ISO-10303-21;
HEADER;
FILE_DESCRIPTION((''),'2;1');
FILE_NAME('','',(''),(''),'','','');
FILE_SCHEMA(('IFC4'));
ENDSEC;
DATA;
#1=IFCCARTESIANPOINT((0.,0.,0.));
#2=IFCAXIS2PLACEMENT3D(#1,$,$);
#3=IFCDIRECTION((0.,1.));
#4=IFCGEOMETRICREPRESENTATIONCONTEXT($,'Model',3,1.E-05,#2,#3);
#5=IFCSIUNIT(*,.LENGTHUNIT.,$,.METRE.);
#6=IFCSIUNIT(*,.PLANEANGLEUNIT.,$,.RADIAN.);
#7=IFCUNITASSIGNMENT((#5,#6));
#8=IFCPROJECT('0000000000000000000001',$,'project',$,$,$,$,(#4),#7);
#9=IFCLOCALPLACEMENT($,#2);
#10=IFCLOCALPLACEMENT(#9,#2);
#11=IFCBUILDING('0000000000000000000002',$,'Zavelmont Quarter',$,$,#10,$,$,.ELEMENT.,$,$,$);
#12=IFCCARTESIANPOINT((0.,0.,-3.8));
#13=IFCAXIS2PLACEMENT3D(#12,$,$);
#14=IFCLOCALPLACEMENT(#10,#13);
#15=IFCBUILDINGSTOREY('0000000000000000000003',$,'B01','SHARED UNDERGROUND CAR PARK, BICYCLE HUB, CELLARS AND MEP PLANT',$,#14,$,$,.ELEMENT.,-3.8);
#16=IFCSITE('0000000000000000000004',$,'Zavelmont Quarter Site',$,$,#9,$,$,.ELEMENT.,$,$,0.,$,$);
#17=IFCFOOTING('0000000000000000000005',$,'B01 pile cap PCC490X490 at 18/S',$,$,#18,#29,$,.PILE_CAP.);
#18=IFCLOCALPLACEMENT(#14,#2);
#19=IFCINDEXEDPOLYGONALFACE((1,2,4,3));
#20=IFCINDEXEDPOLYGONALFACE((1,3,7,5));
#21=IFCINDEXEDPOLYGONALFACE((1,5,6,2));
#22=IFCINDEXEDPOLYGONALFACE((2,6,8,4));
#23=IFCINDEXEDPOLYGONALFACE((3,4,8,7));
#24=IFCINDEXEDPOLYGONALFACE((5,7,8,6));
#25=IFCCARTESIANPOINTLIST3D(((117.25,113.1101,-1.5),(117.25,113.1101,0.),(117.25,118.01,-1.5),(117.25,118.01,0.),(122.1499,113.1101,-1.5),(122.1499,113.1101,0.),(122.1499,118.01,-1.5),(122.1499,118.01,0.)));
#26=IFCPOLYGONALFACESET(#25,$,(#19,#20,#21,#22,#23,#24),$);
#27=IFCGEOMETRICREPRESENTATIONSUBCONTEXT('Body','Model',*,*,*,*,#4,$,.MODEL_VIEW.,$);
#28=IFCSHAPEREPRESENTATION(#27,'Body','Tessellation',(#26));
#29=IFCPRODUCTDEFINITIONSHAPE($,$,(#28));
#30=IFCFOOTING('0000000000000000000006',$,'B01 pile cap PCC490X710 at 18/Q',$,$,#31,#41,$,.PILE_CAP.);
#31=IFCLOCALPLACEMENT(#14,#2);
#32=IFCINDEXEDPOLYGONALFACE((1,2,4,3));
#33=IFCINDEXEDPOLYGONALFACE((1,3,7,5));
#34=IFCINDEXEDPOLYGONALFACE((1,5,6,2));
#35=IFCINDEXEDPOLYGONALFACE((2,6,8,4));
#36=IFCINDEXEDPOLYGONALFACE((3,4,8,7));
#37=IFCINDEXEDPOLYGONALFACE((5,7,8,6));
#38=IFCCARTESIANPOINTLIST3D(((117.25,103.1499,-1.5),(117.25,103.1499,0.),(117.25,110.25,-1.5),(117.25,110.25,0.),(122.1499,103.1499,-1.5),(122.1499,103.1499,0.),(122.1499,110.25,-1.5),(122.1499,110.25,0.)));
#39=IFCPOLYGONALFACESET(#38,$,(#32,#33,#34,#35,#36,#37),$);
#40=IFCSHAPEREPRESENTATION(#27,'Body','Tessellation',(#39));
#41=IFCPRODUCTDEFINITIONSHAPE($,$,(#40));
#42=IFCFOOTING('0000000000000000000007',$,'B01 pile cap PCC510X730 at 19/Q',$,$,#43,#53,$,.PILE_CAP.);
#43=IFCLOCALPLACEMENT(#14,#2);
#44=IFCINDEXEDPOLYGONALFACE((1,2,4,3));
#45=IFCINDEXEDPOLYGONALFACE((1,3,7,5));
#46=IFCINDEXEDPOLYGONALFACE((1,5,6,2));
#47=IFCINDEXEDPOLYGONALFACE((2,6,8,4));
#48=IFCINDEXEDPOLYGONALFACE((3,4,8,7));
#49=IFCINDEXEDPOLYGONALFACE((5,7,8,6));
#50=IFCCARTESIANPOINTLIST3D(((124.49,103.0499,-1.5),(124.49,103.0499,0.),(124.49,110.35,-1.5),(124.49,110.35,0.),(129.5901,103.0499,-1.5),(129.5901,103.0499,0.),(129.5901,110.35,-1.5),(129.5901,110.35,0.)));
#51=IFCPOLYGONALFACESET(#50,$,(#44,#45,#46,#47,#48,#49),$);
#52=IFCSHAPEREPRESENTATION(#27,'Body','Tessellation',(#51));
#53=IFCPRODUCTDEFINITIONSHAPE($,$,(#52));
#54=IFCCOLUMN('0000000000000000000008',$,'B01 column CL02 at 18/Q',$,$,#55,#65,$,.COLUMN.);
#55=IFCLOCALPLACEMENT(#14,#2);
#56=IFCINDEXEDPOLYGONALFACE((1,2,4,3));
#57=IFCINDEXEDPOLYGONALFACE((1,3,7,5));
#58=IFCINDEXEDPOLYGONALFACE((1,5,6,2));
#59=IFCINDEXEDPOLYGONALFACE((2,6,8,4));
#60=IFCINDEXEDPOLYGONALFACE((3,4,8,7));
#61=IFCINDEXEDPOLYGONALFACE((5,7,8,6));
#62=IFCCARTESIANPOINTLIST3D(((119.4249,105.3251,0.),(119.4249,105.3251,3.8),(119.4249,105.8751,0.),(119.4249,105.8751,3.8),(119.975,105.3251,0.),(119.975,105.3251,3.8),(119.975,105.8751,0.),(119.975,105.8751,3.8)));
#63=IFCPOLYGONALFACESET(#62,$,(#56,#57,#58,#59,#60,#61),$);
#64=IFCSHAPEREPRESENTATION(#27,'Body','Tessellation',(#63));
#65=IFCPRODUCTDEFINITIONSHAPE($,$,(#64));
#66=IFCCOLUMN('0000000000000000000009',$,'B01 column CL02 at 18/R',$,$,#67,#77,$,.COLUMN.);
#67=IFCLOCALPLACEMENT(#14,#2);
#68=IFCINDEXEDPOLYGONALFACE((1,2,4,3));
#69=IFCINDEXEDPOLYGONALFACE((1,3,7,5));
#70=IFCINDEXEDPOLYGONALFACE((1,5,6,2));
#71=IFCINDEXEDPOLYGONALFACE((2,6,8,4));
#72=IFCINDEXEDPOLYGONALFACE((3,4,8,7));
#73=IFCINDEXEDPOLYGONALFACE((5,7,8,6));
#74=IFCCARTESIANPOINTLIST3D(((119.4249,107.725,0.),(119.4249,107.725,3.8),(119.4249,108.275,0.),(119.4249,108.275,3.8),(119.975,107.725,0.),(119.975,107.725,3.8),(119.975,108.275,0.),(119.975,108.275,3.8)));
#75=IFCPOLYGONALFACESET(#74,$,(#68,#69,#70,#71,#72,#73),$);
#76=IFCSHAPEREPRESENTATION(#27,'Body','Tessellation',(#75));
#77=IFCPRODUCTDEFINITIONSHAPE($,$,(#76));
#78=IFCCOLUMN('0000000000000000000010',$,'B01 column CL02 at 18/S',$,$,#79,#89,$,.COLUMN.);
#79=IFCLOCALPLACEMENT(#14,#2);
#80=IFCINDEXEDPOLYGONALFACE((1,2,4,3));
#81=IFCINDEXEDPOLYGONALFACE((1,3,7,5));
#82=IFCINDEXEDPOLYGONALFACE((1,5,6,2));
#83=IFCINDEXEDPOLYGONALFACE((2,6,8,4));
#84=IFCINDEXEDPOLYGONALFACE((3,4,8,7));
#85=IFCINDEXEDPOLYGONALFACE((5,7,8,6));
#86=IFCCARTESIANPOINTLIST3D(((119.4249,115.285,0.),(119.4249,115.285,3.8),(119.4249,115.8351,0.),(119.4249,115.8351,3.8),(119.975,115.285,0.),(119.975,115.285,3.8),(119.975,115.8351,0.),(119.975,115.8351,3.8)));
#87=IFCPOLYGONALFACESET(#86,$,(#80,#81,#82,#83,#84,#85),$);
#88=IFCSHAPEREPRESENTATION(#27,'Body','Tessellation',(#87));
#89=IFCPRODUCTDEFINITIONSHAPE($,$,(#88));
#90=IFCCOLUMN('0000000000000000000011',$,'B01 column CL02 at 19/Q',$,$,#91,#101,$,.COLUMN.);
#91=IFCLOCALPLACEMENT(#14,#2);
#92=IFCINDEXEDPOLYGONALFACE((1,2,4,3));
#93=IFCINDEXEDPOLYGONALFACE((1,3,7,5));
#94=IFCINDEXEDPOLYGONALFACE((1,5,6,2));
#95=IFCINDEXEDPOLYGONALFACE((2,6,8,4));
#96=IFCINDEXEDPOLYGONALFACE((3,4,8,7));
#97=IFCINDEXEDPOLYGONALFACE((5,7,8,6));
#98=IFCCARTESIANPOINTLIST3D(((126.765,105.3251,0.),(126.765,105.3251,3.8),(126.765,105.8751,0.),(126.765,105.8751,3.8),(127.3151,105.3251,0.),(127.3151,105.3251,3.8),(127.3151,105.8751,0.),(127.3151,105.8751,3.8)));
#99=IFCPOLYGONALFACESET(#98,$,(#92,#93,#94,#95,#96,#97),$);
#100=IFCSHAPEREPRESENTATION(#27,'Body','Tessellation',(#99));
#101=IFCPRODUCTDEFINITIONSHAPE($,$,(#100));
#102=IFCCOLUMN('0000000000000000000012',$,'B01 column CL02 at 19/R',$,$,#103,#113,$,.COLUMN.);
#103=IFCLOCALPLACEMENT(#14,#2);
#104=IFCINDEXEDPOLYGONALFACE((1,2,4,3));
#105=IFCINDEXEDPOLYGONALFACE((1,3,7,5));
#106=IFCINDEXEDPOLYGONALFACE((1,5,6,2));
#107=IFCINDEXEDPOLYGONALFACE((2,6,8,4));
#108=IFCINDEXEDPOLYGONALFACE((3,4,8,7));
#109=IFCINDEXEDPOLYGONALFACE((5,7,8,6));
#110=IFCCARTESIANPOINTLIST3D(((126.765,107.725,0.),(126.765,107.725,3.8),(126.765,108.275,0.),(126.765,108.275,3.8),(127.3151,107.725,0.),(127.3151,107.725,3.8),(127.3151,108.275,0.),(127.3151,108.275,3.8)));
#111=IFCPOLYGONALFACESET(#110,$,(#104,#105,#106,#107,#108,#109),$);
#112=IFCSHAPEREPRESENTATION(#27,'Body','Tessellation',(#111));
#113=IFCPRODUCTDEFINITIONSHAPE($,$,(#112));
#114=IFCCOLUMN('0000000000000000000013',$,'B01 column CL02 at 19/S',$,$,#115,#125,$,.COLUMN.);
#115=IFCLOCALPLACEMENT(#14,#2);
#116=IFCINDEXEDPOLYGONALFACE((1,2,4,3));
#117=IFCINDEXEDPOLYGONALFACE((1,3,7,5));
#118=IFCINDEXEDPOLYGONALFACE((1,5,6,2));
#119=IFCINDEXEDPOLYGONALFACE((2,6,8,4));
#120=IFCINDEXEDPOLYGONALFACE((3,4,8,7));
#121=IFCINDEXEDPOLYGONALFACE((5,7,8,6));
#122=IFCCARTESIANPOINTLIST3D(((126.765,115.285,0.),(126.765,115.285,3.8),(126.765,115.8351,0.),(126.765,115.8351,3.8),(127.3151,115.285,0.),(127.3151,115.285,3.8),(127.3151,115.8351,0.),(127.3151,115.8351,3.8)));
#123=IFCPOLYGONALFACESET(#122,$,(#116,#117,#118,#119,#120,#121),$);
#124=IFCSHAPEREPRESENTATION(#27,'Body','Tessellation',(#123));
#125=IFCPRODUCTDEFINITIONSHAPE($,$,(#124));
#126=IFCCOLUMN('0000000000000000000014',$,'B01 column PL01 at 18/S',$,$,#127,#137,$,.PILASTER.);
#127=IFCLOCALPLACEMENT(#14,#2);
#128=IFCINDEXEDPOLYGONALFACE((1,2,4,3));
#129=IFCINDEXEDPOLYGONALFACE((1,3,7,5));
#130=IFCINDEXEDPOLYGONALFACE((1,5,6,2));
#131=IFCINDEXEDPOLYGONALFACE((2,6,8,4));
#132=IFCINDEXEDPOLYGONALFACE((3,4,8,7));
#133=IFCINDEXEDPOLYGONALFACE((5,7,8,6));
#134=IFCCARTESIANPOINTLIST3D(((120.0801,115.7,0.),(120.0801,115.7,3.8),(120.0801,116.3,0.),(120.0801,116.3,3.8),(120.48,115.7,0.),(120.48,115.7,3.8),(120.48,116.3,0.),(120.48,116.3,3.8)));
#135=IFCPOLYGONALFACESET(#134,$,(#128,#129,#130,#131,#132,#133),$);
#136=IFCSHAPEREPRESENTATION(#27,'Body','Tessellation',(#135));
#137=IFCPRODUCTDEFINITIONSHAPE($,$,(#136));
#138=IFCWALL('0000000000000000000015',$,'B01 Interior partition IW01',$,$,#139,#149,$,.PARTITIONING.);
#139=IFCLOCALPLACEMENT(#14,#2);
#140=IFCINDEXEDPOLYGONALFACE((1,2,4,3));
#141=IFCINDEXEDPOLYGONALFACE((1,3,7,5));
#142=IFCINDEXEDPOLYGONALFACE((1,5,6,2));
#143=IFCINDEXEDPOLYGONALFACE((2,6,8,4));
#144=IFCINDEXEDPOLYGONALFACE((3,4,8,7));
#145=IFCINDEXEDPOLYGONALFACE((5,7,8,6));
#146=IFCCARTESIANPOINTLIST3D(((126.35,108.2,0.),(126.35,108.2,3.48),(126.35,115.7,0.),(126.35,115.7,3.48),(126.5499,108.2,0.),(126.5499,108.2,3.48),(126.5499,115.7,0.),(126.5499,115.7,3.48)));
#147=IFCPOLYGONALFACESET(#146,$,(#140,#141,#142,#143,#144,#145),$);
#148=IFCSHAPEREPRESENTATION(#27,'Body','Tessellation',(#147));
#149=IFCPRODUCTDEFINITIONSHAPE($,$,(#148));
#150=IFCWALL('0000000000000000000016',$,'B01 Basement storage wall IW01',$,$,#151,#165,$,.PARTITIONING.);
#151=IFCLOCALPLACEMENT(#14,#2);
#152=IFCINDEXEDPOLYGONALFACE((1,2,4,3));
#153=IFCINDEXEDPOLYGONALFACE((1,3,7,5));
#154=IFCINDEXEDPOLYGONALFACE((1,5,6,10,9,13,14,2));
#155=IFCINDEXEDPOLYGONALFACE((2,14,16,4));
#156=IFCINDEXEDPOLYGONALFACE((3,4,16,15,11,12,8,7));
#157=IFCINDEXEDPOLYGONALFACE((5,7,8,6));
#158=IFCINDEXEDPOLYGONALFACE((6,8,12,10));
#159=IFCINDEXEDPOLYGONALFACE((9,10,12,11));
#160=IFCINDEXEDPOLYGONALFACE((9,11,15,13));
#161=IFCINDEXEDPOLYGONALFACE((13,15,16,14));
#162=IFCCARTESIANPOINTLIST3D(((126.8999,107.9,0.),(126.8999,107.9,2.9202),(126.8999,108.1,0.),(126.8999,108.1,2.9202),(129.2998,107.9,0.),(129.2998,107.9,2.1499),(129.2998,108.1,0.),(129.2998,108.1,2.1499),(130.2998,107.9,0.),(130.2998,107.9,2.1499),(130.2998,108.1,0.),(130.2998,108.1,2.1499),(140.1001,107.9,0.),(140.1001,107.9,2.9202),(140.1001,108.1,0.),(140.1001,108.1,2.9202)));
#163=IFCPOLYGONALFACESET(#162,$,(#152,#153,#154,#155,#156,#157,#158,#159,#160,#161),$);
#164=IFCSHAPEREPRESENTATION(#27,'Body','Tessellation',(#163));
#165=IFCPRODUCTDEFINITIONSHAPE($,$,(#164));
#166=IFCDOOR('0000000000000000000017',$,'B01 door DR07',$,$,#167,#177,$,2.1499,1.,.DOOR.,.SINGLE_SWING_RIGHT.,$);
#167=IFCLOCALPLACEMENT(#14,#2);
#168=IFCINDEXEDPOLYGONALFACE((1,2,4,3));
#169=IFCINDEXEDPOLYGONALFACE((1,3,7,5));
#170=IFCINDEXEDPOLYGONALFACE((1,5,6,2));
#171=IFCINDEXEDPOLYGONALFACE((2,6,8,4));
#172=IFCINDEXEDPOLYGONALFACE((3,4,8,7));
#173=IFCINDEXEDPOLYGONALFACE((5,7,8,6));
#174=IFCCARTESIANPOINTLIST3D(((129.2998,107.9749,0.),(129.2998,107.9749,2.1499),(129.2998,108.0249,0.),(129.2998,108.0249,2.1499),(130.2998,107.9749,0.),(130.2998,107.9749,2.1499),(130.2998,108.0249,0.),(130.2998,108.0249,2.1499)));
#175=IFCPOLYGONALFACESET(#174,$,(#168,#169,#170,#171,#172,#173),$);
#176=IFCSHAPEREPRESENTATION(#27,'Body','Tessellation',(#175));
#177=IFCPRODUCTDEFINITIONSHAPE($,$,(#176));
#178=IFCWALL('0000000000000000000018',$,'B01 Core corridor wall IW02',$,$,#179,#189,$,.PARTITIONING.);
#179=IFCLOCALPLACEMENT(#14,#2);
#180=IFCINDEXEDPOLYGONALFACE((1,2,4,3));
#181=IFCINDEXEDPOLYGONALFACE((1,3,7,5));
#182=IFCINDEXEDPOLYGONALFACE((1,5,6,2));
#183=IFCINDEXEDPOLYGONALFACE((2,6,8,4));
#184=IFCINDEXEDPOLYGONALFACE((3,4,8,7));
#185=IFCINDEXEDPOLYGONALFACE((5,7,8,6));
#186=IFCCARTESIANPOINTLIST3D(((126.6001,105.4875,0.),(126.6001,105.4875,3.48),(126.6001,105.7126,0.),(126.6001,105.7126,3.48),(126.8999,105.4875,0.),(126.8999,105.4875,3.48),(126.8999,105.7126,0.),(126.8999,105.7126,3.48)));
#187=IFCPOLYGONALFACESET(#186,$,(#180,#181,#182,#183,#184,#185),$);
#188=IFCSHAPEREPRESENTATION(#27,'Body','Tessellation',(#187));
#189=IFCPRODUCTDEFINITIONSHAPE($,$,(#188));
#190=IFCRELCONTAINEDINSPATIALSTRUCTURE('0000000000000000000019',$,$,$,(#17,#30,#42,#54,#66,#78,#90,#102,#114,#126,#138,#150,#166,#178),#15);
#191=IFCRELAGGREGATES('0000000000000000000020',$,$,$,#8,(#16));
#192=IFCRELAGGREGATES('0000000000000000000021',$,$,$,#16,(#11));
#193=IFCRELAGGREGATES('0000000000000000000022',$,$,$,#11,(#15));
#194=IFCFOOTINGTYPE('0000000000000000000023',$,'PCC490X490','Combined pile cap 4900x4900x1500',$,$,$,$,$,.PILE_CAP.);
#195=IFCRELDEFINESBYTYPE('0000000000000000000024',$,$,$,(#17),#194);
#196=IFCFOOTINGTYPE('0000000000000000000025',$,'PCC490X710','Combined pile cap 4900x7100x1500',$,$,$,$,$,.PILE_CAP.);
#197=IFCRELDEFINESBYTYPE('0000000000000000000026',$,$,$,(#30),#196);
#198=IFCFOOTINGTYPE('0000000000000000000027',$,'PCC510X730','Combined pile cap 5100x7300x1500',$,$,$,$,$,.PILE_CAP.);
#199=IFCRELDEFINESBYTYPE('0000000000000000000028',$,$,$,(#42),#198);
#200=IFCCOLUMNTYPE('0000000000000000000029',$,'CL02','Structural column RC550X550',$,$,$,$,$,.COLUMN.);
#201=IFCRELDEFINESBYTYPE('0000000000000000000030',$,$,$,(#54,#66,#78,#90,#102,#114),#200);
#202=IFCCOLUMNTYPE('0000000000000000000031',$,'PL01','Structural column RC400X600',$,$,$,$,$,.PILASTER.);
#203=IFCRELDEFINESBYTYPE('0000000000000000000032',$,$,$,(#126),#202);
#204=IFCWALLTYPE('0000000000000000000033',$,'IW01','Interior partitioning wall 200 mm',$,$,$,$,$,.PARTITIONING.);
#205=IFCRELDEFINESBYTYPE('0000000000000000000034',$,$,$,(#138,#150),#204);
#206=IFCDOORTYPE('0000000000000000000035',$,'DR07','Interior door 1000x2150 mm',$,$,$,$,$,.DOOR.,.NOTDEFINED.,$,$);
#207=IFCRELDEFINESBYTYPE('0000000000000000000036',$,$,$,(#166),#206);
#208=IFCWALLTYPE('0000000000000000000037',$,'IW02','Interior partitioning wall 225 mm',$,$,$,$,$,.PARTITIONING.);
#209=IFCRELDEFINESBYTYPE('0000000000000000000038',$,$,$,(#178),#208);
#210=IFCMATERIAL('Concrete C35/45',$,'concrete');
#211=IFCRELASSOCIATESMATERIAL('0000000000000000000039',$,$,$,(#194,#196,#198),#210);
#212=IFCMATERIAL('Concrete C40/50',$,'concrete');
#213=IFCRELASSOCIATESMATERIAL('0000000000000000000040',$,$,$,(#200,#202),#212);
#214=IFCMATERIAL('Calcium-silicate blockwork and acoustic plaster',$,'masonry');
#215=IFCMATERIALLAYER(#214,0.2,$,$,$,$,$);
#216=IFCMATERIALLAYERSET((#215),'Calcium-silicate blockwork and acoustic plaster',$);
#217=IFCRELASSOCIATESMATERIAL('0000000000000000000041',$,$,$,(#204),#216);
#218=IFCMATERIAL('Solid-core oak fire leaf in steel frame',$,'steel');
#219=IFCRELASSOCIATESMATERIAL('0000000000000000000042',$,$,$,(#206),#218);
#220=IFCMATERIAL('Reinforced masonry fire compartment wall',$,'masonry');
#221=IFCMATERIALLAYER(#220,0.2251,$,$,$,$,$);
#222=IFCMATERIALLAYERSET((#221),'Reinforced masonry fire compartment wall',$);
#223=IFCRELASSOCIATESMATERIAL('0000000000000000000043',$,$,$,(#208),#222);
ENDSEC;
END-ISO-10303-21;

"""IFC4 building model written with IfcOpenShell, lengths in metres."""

from ifc_helpers import new_model, si_unit, direction, frame, frame_2d, origin, origin_with_axes, origin_2d, place, context, subcontext, project, spatial, rectangle, extrude, material, layer, layer_set, material_profile, profile_set, type_object, element, fill, save


model = new_model("IFC4")

# Units and contexts
model_context = context("Model", 3, precision=1e-05, world=origin(), true_north=direction((0.0, 1.0)))
body_context = subcontext(model_context, "Body", "Model", "MODEL_VIEW")
ifc_project = project(units=[si_unit("LENGTHUNIT", "METRE"), si_unit("PLANEANGLEUNIT", "RADIAN")], contexts=[model_context])

# Site, building, storey
site_placement = place(None, origin())
site = spatial("IfcSite", under=ifc_project, at=site_placement, Name="Zavelmont Quarter Site", CompositionType="ELEMENT", RefElevation=0.0)
building_placement = place(site_placement, origin())
building = spatial("IfcBuilding", under=site, at=building_placement, Name="Zavelmont Quarter", CompositionType="ELEMENT")
storey_placement = place(building_placement, frame((0.0, 0.0, -3.8)))
storey = spatial("IfcBuildingStorey", under=building, at=storey_placement, Name="B01", Description="SHARED UNDERGROUND CAR PARK, BICYCLE HUB, CELLARS AND MEP PLANT", CompositionType="ELEMENT", Elevation=-3.8)

# Shared definitions
ifc_material_1 = material(Name="Concrete C35/45", Category="concrete")

# Footings
footing_type_1 = type_object("IfcFootingType", Name="PCC490X490", Description="Combined pile cap 4900x4900x1500", PredefinedType="PILE_CAP", material=ifc_material_1)
footing_1_placement = place(storey_placement, frame((119.7, 115.5601, -1.5), z_axis=(0.0, 0.0, 1.0), x_axis=(1.0, 0.0, 0.0)))
element("IfcFooting", 1, at=footing_1_placement, inside=storey, type_object=footing_type_1, Name="B01 pile cap PCC490X490 at 18/S", PredefinedType="PILE_CAP", context=body_context, shape_type="SweptSolid", body=[
    extrude(rectangle(XDim=4.8999, YDim=4.8999, at=origin_2d()), origin(), (0.0, 0.0, 1.0), 1.5),
])
footing_type_2 = type_object("IfcFootingType", Name="PCC490X710", Description="Combined pile cap 4900x7100x1500", PredefinedType="PILE_CAP", material=ifc_material_1)
footing_2_placement = place(storey_placement, frame((119.7, 106.7, -1.5), z_axis=(0.0, 0.0, 1.0), x_axis=(1.0, 0.0, 0.0)))
element("IfcFooting", 2, at=footing_2_placement, inside=storey, type_object=footing_type_2, Name="B01 pile cap PCC490X710 at 18/Q", PredefinedType="PILE_CAP", context=body_context, shape_type="SweptSolid", body=[
    extrude(rectangle(XDim=4.8999, YDim=7.1001, at=origin_2d()), origin(), (0.0, 0.0, 1.0), 1.5),
])
footing_type_3 = type_object("IfcFootingType", Name="PCC510X730", Description="Combined pile cap 5100x7300x1500", PredefinedType="PILE_CAP", material=ifc_material_1)
footing_3_placement = place(storey_placement, frame((127.04, 106.7, -1.5), z_axis=(0.0, 0.0, 1.0), x_axis=(1.0, 0.0, 0.0)))
element("IfcFooting", 3, at=footing_3_placement, inside=storey, type_object=footing_type_3, Name="B01 pile cap PCC510X730 at 19/Q", PredefinedType="PILE_CAP", context=body_context, shape_type="SweptSolid", body=[
    extrude(rectangle(XDim=5.1001, YDim=7.3, at=origin_2d()), origin(), (0.0, 0.0, 1.0), 1.5),
])

# Columns
ifc_material_2 = material(Name="Concrete C40/50", Category="concrete")
ifc_material_profile_1 = material_profile(ifc_material_2, rectangle(XDim=0.55, YDim=0.55, at=origin_2d()), Name="RC550X550")
ifc_profile_set_1 = profile_set([ifc_material_profile_1], Name="Concrete C40/50")
column_type_1 = type_object("IfcColumnType", Name="CL02", Description="Structural column RC550X550", PredefinedType="COLUMN", material=ifc_profile_set_1)
for number, where, z_axis, x_axis, name in (
    (4, (119.7, 105.6001, 0.0), (0.0, 0.0, 1.0), (1.0, 0.0, 0.0), "B01 column CL02 at 18/Q"),
    (5, (119.7, 108.0, 0.0), (0.0, 0.0, 1.0), (1.0, 0.0, 0.0), "B01 column CL02 at 18/R"),
    (6, (119.7, 115.5601, 0.0), (0.0, 0.0, 1.0), (1.0, 0.0, 0.0), "B01 column CL02 at 18/S"),
    (7, (127.04, 105.6001, 0.0), (0.0, 0.0, 1.0), (1.0, 0.0, 0.0), "B01 column CL02 at 19/Q"),
    (8, (127.04, 108.0, 0.0), (0.0, 0.0, 1.0), (1.0, 0.0, 0.0), "B01 column CL02 at 19/R"),
    (9, (127.04, 115.5601, 0.0), (0.0, 0.0, 1.0), (1.0, 0.0, 0.0), "B01 column CL02 at 19/S"),
):
    element("IfcColumn", number, at=place(storey_placement, frame(where, z_axis=z_axis, x_axis=x_axis)), inside=storey, type_object=column_type_1, Name=name, PredefinedType="COLUMN", context=body_context, shape_type="SweptSolid", body=[
        extrude(rectangle(XDim=0.55, YDim=0.55, at=origin_2d()), origin(), (0.0, 0.0, 1.0), 3.8),
    ])
ifc_material_profile_2 = material_profile(ifc_material_2, rectangle(XDim=0.3999, YDim=0.6001, at=origin_2d()), Name="RC400X600")
ifc_profile_set_2 = profile_set([ifc_material_profile_2], Name="Concrete C40/50")
column_type_2 = type_object("IfcColumnType", Name="PL01", Description="Structural column RC400X600", PredefinedType="PILASTER", material=ifc_profile_set_2)
column_placement = place(storey_placement, frame((120.28, 116.0, 0.0), z_axis=(0.0, 0.0, 1.0), x_axis=(1.0, 0.0, 0.0)))
element("IfcColumn", 10, at=column_placement, inside=storey, type_object=column_type_2, Name="B01 column PL01 at 18/S", PredefinedType="PILASTER", context=body_context, shape_type="SweptSolid", body=[
    extrude(rectangle(XDim=0.3999, YDim=0.6001, at=origin_2d()), origin(), (0.0, 0.0, 1.0), 3.8),
])

# Wall
ifc_material_3 = material(Name="Calcium-silicate blockwork and acoustic plaster", Category="masonry")
ifc_layer_1 = layer(ifc_material_3, 0.2)
ifc_layer_set_1 = layer_set([ifc_layer_1], Name="Calcium-silicate blockwork and acoustic plaster")
wall_type_1 = type_object("IfcWallType", Name="IW01", Description="Interior partitioning wall 200 mm", PredefinedType="PARTITIONING", material=ifc_layer_set_1)
wall_1_placement = place(storey_placement, frame((126.45, 108.2, 0.0), z_axis=(0.0, 0.0, 1.0), x_axis=(0.0, 1.0, 0.0)))
element("IfcWall", 11, at=wall_1_placement, inside=storey, type_object=wall_type_1, Name="B01 Interior partition IW01", PredefinedType="PARTITIONING", context=body_context, shape_type="SweptSolid", body=[
    extrude(rectangle(XDim=7.5, YDim=0.2, at=frame_2d((3.75, 0.0))), origin(), (0.0, 0.0, 1.0), 3.48),
])

# Wall, opening, door
wall_2_placement = place(storey_placement, frame((126.8999, 108.0, 0.0), z_axis=(0.0, 0.0, 1.0), x_axis=(1.0, 0.0, 0.0)))
wall_2 = element("IfcWall", 12, at=wall_2_placement, inside=storey, type_object=wall_type_1, Name="B01 Basement storage wall IW01", PredefinedType="PARTITIONING", context=body_context, shape_type="SweptSolid", body=[
    extrude(rectangle(XDim=13.2002, YDim=0.2, at=frame_2d((6.6001, 0.0))), origin(), (0.0, 0.0, 1.0), 2.9202),
])
opening_1_placement = place(wall_2_placement, frame((2.3999, 0.0, 0.0)))
opening_1 = element("IfcOpeningElement", 13, at=opening_1_placement, cuts=wall_2, PredefinedType="OPENING", context=body_context, shape_type="SweptSolid", body=[
    extrude(rectangle(XDim=1.0, YDim=2.1499, at=frame_2d((0.5, 1.075))), frame((0.0, 0.1118, 0.0), z_axis=(0.0, -1.0, 0.0), x_axis=(1.0, 0.0, 0.0)), (0.0, 0.0, 1.0), 0.2239),
])
ifc_material_4 = material(Name="Solid-core oak fire leaf in steel frame", Category="steel")
door_type_1 = type_object("IfcDoorType", Name="DR07", Description="Interior door 1000x2150 mm", OperationType="NOTDEFINED", PredefinedType="DOOR", material=ifc_material_4)
door_1_placement = place(opening_1_placement, origin_with_axes())
door_1 = element("IfcDoor", 14, at=door_1_placement, inside=storey, type_object=door_type_1, Name="B01 door DR07", OperationType="SINGLE_SWING_RIGHT", OverallHeight=2.1499, OverallWidth=1.0, PredefinedType="DOOR", context=body_context, shape_type="SweptSolid", body=[
    extrude(rectangle(XDim=1.0, YDim=2.1499, at=frame_2d((0.5, 1.075))), frame((0.0, 0.0249, 0.0), z_axis=(0.0, -1.0, 0.0), x_axis=(1.0, 0.0, 0.0)), (0.0, 0.0, 1.0), 0.05),
])
fill(opening_1, door_1)

# Wall
ifc_material_5 = material(Name="Reinforced masonry fire compartment wall", Category="masonry")
ifc_layer_2 = layer(ifc_material_5, 0.2251)
ifc_layer_set_2 = layer_set([ifc_layer_2], Name="Reinforced masonry fire compartment wall")
wall_type_2 = type_object("IfcWallType", Name="IW02", Description="Interior partitioning wall 225 mm", PredefinedType="PARTITIONING", material=ifc_layer_set_2)
wall_3_placement = place(storey_placement, frame((126.6001, 105.6001, 0.0), z_axis=(0.0, 0.0, 1.0), x_axis=(1.0, 0.0, 0.0)))
element("IfcWall", 15, at=wall_3_placement, inside=storey, type_object=wall_type_2, Name="B01 Core corridor wall IW02", PredefinedType="PARTITIONING", context=body_context, shape_type="SweptSolid", body=[
    extrude(rectangle(XDim=0.2998, YDim=0.2251, at=frame_2d((0.1499, 0.0))), origin(), (0.0, 0.0, 1.0), 3.48),
])

save(model, "model.ifc")
